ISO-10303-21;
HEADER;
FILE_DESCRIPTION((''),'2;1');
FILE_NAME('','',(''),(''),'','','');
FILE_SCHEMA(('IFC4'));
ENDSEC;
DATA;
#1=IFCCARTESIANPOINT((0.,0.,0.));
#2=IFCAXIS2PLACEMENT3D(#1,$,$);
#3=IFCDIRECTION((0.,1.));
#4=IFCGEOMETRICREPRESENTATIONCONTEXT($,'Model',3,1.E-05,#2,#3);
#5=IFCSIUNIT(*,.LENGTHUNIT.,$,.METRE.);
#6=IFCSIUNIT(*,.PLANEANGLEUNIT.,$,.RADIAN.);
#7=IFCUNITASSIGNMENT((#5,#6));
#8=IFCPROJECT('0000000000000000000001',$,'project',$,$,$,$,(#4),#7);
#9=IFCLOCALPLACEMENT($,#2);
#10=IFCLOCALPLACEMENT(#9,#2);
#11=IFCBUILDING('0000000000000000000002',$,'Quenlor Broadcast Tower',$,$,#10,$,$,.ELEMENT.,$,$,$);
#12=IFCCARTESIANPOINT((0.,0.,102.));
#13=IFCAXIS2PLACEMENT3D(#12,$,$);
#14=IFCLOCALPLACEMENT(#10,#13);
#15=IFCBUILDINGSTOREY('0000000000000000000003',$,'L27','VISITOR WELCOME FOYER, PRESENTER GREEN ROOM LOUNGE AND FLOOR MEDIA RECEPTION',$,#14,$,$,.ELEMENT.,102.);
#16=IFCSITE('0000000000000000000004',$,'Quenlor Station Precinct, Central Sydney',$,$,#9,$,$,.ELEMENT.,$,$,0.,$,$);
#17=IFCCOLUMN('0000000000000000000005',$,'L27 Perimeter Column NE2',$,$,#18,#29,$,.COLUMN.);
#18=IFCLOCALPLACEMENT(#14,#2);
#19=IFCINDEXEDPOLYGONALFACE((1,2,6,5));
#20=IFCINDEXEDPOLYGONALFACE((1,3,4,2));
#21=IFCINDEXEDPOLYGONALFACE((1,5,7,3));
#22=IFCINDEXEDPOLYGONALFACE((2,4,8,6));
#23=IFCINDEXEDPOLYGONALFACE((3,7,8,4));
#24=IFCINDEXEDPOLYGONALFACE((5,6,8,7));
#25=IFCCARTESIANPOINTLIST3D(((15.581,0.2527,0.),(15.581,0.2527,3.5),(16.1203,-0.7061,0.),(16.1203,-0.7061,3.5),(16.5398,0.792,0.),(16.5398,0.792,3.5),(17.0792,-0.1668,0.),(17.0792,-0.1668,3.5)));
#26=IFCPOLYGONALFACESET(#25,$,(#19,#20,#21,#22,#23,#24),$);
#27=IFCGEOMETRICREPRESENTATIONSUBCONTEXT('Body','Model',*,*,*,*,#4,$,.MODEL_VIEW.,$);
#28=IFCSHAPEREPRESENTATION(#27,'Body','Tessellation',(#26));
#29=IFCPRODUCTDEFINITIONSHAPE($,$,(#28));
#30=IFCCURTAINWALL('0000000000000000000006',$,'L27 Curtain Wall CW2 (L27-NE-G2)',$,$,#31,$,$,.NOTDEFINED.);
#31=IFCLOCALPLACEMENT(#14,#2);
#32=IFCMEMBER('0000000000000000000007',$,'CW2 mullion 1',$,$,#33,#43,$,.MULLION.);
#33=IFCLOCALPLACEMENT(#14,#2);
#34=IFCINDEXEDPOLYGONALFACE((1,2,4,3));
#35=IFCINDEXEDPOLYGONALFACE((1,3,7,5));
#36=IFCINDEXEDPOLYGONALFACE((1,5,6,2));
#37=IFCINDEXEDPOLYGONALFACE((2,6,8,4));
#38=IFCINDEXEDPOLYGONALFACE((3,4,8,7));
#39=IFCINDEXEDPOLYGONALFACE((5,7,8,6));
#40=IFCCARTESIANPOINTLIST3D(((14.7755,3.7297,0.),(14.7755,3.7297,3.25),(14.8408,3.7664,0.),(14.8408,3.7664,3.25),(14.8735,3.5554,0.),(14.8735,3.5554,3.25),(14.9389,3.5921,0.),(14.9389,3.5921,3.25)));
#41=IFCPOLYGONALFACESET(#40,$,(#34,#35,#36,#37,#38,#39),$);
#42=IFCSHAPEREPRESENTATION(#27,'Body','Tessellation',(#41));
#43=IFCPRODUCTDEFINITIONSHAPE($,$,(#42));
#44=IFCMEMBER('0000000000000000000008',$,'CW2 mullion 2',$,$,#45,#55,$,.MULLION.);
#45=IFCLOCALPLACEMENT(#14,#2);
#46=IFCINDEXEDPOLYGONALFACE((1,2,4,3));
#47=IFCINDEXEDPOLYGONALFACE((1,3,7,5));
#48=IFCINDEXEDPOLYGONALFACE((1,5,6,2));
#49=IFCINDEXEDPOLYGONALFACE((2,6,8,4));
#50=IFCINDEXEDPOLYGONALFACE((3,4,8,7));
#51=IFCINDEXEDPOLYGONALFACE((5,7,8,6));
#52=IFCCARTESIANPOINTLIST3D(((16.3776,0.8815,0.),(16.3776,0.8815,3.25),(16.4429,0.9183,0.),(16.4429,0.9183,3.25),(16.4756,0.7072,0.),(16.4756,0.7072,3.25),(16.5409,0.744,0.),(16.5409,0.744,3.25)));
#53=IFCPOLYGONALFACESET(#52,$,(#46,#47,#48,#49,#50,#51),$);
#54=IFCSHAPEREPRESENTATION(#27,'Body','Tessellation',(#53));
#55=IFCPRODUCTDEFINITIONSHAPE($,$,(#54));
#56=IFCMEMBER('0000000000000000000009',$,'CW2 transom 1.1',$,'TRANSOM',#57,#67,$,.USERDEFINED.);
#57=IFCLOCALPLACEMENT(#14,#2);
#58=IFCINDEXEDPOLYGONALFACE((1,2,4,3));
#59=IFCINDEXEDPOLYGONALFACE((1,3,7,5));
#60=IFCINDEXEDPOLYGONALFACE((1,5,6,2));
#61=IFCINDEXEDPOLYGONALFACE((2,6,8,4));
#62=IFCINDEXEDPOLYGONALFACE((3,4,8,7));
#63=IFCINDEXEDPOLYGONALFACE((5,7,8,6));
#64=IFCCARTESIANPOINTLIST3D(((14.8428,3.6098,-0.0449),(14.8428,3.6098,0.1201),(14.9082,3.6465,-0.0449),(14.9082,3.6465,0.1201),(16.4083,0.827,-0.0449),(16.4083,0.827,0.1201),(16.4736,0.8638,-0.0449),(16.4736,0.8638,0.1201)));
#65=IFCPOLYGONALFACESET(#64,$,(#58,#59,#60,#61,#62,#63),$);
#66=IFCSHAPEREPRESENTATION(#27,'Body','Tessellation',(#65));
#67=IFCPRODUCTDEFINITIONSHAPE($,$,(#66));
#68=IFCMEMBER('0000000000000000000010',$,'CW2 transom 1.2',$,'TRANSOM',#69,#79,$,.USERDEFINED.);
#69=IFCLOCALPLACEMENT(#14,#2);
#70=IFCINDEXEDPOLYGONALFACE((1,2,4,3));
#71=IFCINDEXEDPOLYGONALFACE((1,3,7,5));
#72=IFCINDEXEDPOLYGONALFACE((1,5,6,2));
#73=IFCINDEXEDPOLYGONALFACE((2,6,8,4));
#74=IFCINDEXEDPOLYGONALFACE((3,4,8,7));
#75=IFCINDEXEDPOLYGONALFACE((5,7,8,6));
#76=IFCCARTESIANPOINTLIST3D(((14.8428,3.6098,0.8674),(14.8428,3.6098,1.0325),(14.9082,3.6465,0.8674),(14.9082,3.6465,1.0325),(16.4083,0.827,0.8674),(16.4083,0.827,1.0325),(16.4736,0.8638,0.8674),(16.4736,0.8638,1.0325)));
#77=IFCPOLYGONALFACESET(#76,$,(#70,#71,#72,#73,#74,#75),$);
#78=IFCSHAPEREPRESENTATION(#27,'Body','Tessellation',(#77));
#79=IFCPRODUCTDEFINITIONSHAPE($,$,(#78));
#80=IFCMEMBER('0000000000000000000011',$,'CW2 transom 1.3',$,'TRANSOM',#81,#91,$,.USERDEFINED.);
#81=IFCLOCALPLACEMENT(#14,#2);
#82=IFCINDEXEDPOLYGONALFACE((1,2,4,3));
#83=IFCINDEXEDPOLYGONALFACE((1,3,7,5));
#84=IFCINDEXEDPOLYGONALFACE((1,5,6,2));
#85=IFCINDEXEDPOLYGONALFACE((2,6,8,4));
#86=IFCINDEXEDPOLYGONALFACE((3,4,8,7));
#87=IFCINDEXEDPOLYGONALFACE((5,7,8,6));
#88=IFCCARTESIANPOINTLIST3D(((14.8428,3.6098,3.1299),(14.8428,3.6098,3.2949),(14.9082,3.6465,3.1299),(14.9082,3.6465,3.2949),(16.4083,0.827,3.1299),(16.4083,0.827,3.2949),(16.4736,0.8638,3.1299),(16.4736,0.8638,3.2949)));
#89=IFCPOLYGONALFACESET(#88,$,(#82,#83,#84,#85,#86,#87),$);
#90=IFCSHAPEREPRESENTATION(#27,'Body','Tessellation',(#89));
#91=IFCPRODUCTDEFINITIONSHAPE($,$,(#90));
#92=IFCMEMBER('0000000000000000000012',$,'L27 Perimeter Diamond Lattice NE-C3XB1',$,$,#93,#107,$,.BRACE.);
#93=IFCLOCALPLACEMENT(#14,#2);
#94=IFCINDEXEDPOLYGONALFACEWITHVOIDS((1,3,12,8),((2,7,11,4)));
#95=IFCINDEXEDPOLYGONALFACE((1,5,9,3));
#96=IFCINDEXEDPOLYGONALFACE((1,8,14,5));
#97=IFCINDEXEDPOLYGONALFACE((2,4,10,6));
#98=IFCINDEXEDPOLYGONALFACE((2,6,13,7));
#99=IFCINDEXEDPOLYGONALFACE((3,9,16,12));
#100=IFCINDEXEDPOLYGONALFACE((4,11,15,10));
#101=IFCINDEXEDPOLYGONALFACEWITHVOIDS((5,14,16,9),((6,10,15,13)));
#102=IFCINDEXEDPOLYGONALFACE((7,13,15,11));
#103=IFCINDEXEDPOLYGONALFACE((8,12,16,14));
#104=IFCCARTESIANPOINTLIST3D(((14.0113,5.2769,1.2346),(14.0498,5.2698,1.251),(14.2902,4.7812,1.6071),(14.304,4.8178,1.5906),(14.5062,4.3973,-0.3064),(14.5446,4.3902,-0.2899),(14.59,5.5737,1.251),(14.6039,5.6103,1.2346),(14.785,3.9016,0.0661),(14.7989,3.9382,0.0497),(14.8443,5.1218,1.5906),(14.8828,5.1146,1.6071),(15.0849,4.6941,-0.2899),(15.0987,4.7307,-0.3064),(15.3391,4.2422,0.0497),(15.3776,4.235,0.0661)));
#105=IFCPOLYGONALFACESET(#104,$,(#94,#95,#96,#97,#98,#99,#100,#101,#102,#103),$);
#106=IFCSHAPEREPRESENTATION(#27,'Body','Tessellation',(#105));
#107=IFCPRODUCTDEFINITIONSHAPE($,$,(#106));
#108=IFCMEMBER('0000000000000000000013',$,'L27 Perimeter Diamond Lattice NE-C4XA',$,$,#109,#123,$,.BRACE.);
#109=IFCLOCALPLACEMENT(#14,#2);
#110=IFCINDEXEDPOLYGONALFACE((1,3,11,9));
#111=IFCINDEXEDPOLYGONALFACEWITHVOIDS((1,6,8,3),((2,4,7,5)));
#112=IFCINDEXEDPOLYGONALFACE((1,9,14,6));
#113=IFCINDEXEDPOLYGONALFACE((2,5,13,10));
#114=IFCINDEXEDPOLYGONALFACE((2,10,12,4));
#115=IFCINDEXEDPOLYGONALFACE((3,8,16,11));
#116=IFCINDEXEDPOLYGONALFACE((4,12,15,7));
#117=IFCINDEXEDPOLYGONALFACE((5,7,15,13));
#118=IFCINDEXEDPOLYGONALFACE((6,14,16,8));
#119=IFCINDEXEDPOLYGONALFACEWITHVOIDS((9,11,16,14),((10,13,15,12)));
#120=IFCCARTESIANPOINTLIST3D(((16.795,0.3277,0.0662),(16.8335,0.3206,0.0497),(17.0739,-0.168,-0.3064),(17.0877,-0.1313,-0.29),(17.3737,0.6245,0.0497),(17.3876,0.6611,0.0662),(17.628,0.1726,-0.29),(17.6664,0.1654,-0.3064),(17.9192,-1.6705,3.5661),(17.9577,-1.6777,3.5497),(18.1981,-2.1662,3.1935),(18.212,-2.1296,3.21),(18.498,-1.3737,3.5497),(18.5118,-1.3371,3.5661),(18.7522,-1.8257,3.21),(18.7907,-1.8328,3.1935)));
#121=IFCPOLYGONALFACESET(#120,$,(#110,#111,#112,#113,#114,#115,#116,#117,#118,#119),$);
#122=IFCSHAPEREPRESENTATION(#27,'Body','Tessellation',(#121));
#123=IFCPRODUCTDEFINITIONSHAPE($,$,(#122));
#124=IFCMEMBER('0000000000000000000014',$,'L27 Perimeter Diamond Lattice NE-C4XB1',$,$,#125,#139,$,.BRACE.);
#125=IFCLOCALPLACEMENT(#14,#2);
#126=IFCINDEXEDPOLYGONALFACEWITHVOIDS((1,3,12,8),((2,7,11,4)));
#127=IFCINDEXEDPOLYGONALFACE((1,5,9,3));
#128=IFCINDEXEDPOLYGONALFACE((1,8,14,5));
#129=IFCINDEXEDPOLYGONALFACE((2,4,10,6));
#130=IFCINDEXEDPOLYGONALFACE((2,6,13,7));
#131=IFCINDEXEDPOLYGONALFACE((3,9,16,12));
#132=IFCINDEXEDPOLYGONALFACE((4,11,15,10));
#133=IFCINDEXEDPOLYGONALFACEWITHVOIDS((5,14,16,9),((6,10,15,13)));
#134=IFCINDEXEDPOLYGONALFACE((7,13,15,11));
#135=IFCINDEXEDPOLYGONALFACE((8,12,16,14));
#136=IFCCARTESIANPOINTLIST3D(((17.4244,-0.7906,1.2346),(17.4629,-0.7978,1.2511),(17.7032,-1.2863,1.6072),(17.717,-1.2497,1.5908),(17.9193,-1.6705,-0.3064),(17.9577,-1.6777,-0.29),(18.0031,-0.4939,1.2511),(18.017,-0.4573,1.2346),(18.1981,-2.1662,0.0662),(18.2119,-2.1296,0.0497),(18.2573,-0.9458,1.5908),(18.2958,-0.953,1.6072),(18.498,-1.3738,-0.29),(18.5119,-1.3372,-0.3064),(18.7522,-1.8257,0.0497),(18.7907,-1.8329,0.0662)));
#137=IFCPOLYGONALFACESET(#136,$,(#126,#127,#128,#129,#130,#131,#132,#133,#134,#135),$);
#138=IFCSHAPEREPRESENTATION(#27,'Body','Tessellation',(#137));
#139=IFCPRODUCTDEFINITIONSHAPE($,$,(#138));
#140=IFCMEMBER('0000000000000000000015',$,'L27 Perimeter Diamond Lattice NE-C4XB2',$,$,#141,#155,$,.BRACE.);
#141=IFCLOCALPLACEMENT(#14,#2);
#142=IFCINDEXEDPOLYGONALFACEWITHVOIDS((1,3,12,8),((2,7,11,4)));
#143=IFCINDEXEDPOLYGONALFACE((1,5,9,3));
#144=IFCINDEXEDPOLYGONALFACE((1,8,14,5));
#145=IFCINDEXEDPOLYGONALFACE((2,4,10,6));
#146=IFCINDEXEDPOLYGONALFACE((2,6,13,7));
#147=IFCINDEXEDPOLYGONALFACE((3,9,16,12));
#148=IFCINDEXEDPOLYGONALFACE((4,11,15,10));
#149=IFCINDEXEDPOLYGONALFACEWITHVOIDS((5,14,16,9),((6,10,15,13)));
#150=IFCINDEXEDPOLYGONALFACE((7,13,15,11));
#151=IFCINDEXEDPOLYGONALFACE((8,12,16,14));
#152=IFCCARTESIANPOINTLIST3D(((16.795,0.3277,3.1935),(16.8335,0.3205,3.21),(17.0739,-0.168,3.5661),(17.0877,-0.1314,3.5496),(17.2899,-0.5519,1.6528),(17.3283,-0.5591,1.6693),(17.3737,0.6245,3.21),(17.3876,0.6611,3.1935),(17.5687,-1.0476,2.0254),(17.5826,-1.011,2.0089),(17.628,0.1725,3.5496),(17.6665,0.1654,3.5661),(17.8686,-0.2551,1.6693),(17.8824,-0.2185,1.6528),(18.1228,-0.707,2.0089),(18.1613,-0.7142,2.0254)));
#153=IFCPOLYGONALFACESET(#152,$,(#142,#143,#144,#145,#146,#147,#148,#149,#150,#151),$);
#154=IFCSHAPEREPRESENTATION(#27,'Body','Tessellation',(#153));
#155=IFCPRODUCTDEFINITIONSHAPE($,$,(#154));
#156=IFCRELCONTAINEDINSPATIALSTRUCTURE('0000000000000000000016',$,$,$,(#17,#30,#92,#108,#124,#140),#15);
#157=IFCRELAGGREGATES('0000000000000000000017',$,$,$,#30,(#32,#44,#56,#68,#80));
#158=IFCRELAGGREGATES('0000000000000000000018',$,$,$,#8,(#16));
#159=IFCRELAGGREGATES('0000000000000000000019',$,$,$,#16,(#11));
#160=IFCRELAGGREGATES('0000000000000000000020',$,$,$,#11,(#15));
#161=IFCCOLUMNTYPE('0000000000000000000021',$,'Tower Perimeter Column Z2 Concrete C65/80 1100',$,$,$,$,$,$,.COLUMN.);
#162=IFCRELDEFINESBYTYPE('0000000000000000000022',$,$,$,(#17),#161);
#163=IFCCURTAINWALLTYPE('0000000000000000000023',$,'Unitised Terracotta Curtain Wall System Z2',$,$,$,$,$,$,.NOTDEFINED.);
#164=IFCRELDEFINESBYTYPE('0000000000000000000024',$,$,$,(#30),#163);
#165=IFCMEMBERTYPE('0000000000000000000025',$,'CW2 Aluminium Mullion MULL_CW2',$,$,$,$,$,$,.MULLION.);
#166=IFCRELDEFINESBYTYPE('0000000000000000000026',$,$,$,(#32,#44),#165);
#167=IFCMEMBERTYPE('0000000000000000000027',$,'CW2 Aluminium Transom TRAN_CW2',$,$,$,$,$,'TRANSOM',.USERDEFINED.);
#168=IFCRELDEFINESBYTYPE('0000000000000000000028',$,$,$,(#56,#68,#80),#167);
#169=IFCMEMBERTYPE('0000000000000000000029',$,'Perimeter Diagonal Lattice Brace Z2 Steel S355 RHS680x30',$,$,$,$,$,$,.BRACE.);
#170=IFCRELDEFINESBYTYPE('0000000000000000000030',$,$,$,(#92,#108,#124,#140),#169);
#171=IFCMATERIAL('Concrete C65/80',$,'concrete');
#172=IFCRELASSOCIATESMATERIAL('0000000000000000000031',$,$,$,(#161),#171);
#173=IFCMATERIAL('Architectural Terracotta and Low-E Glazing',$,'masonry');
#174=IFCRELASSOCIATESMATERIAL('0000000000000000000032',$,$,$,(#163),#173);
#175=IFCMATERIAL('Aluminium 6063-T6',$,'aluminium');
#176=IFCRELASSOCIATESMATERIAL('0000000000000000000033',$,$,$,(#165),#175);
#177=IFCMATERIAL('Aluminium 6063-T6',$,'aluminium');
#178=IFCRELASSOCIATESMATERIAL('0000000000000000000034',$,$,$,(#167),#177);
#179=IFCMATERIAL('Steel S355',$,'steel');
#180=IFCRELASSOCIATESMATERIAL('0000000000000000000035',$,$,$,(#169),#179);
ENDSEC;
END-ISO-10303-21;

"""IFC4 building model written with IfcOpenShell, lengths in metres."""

from ifc_helpers import new_model, si_unit, direction, frame, origin, origin_2d, place, context, subcontext, project, spatial, rectangle, hollow_rectangle, extrude, material, material_profile, profile_set, type_object, element, aggregate, save


model = new_model("IFC4")

# Units and contexts
model_context = context("Model", 3, precision=1e-05, world=origin(), true_north=direction((0.0, 1.0)))
body_context = subcontext(model_context, "Body", "Model", "MODEL_VIEW")
ifc_project = project(units=[si_unit("LENGTHUNIT", "METRE"), si_unit("PLANEANGLEUNIT", "RADIAN")], contexts=[model_context])

# Site, building, storey
site_placement = place(None, origin())
site = spatial("IfcSite", under=ifc_project, at=site_placement, Name="Quenlor Station Precinct, Central Sydney", CompositionType="ELEMENT", RefElevation=0.0)
building_placement = place(site_placement, origin())
building = spatial("IfcBuilding", under=site, at=building_placement, Name="Quenlor Broadcast Tower", CompositionType="ELEMENT")
storey_placement = place(building_placement, frame((0.0, 0.0, 102.0)))
storey = spatial("IfcBuildingStorey", under=building, at=storey_placement, Name="L27", Description="VISITOR WELCOME FOYER, PRESENTER GREEN ROOM LOUNGE AND FLOOR MEDIA RECEPTION", CompositionType="ELEMENT", Elevation=102.0)

# Column
ifc_material_1 = material(Name="Concrete C65/80", Category="concrete")
ifc_material_profile_1 = material_profile(ifc_material_1, rectangle(XDim=1.1001, YDim=1.1001, at=origin_2d()))
ifc_profile_set_1 = profile_set([ifc_material_profile_1], Name="Concrete C65/80 RC1100x1100")
column_type = type_object("IfcColumnType", Name="Tower Perimeter Column Z2 Concrete C65/80 1100", PredefinedType="COLUMN", material=ifc_profile_set_1)
column_placement = place(storey_placement, frame((16.3301, 0.043, 0.0), z_axis=(0.0, 0.0, 1.0), x_axis=(0.871575, 0.490262, 0.0)))
element("IfcColumn", 1, at=column_placement, inside=storey, type_object=column_type, Name="L27 Perimeter Column NE2", PredefinedType="COLUMN", context=body_context, shape_type="SweptSolid", body=[
    extrude(rectangle(XDim=1.1001, YDim=1.1001, at=origin_2d()), origin(), (0.0, 0.0, 1.0), 3.5),
])

# Curtain wall, members
ifc_material_2 = material(Name="Architectural Terracotta and Low-E Glazing", Category="masonry")
curtain_wall_type = type_object("IfcCurtainWallType", Name="Unitised Terracotta Curtain Wall System Z2", PredefinedType="NOTDEFINED", material=ifc_material_2)
curtain_wall_placement = place(storey_placement, origin())
curtain_wall = element("IfcCurtainWall", 2, at=curtain_wall_placement, inside=storey, type_object=curtain_wall_type, Name="L27 Curtain Wall CW2 (L27-NE-G2)", PredefinedType="NOTDEFINED")
ifc_material_3 = material(Name="Aluminium 6063-T6", Category="aluminium")
ifc_material_profile_2 = material_profile(ifc_material_3, rectangle(XDim=0.075, YDim=0.2, at=origin_2d()))
ifc_profile_set_2 = profile_set([ifc_material_profile_2], Name="Aluminium 6063-T6 MULL75x200")
member_type_1 = type_object("IfcMemberType", Name="CW2 Aluminium Mullion MULL_CW2", PredefinedType="MULLION", material=ifc_profile_set_2)
member_1_placement = place(storey_placement, frame((14.8572, 3.6609, 0.0), z_axis=(0.0, 0.0, 1.0), x_axis=(0.871576, 0.490261, 0.0)))
member_1 = element("IfcMember", 3, at=member_1_placement, type_object=member_type_1, Name="CW2 mullion 1", PredefinedType="MULLION", context=body_context, shape_type="SweptSolid", body=[
    extrude(rectangle(XDim=0.075, YDim=0.2, at=origin_2d()), origin(), (0.0, 0.0, 1.0), 3.25),
])
member_2_placement = place(storey_placement, frame((16.4592, 0.8127, 0.0), z_axis=(0.0, 0.0, 1.0), x_axis=(0.871576, 0.490261, 0.0)))
member_2 = element("IfcMember", 4, at=member_2_placement, type_object=member_type_1, Name="CW2 mullion 2", PredefinedType="MULLION", context=body_context, shape_type="SweptSolid", body=[
    extrude(rectangle(XDim=0.075, YDim=0.2, at=origin_2d()), origin(), (0.0, 0.0, 1.0), 3.25),
])
ifc_material_4 = material(Name="Aluminium 6063-T6", Category="aluminium")
ifc_material_profile_3 = material_profile(ifc_material_4, rectangle(XDim=0.075, YDim=0.165, at=origin_2d()))
ifc_profile_set_3 = profile_set([ifc_material_profile_3], Name="Aluminium 6063-T6 TRAN75x165")
member_type_2 = type_object("IfcMemberType", Name="CW2 Aluminium Transom TRAN_CW2", ElementType="TRANSOM", PredefinedType="USERDEFINED", material=ifc_profile_set_3)
member_3_placement = place(storey_placement, frame((14.8755, 3.6282, 0.0376), z_axis=(0.490298, -0.871555, 0.0), x_axis=(0.871555, 0.490298, 0.0)))
member_3 = element("IfcMember", 5, at=member_3_placement, type_object=member_type_2, Name="CW2 transom 1.1", ObjectType="TRANSOM", PredefinedType="USERDEFINED", context=body_context, shape_type="SweptSolid", body=[
    extrude(rectangle(XDim=0.075, YDim=0.165, at=origin_2d()), origin(), (0.0, 0.0, 1.0), 3.1929),
])
member_4_placement = place(storey_placement, frame((14.8755, 3.6282, 0.95), z_axis=(0.490298, -0.871555, 0.0), x_axis=(0.871555, 0.490298, 0.0)))
member_4 = element("IfcMember", 6, at=member_4_placement, type_object=member_type_2, Name="CW2 transom 1.2", ObjectType="TRANSOM", PredefinedType="USERDEFINED", context=body_context, shape_type="SweptSolid", body=[
    extrude(rectangle(XDim=0.075, YDim=0.165, at=origin_2d()), origin(), (0.0, 0.0, 1.0), 3.1929),
])
member_5_placement = place(storey_placement, frame((14.8755, 3.6282, 3.2124), z_axis=(0.490298, -0.871555, 0.0), x_axis=(0.871555, 0.490298, 0.0)))
member_5 = element("IfcMember", 7, at=member_5_placement, type_object=member_type_2, Name="CW2 transom 1.3", ObjectType="TRANSOM", PredefinedType="USERDEFINED", context=body_context, shape_type="SweptSolid", body=[
    extrude(rectangle(XDim=0.075, YDim=0.165, at=origin_2d()), origin(), (0.0, 0.0, 1.0), 3.1929),
])

# Members
ifc_material_5 = material(Name="Steel S355", Category="steel")
ifc_material_profile_4 = material_profile(ifc_material_5, hollow_rectangle(XDim=0.6799, YDim=0.6799, WallThickness=0.03, at=origin_2d()))
ifc_profile_set_4 = profile_set([ifc_material_profile_4], Name="Steel S355 RHS680x680x30")
member_type_3 = type_object("IfcMemberType", Name="Perimeter Diagonal Lattice Brace Z2 Steel S355 RHS680x30", PredefinedType="BRACE", material=ifc_profile_set_4)
member_6_placement = place(storey_placement, frame((14.9419, 4.3162, -0.1201), z_axis=(-0.268644, 0.477515, 0.836546), x_axis=(-0.871543, -0.490319, 0.0)))
element("IfcMember", 8, at=member_6_placement, inside=storey, type_object=member_type_3, Name="L27 Perimeter Diamond Lattice NE-C3XB1", PredefinedType="BRACE", context=body_context, shape_type="SweptSolid", body=[
    extrude(hollow_rectangle(XDim=0.6799, YDim=0.6799, WallThickness=0.03, at=origin_2d()), origin(), (0.0, 0.0, 1.0), 1.842),
])
member_7_placement = place(storey_placement, frame((17.2307, 0.2466, -0.1201), z_axis=(0.268697, -0.477585, 0.836489), x_axis=(0.871533, 0.490337, 0.0)))
element("IfcMember", 9, at=member_7_placement, inside=storey, type_object=member_type_3, Name="L27 Perimeter Diamond Lattice NE-C4XA", PredefinedType="BRACE", context=body_context, shape_type="SweptSolid", body=[
    extrude(hollow_rectangle(XDim=0.6799, YDim=0.6799, WallThickness=0.03, at=origin_2d()), origin(), (0.0, 0.0, 1.0), 4.1841),
])
member_8_placement = place(storey_placement, frame((18.355, -1.7517, -0.1201), z_axis=(-0.268627, 0.477618, 0.836493), x_axis=(-0.871601, -0.490215, 0.0)))
element("IfcMember", 10, at=member_8_placement, inside=storey, type_object=member_type_3, Name="L27 Perimeter Diamond Lattice NE-C4XB1", PredefinedType="BRACE", context=body_context, shape_type="SweptSolid", body=[
    extrude(hollow_rectangle(XDim=0.6799, YDim=0.6799, WallThickness=0.03, at=origin_2d()), origin(), (0.0, 0.0, 1.0), 1.8423),
])
member_9_placement = place(storey_placement, frame((17.7256, -0.6331, 1.8391), z_axis=(-0.268674, 0.477568, 0.836507), x_axis=(-0.871543, -0.490319, 0.0)))
element("IfcMember", 11, at=member_9_placement, inside=storey, type_object=member_type_3, Name="L27 Perimeter Diamond Lattice NE-C4XB2", PredefinedType="BRACE", context=body_context, shape_type="SweptSolid", body=[
    extrude(hollow_rectangle(XDim=0.6799, YDim=0.6799, WallThickness=0.03, at=origin_2d()), origin(), (0.0, 0.0, 1.0), 1.8418),
])

aggregate(curtain_wall, [member_1, member_2, member_3, member_4, member_5])

save(model, "model.ifc")
